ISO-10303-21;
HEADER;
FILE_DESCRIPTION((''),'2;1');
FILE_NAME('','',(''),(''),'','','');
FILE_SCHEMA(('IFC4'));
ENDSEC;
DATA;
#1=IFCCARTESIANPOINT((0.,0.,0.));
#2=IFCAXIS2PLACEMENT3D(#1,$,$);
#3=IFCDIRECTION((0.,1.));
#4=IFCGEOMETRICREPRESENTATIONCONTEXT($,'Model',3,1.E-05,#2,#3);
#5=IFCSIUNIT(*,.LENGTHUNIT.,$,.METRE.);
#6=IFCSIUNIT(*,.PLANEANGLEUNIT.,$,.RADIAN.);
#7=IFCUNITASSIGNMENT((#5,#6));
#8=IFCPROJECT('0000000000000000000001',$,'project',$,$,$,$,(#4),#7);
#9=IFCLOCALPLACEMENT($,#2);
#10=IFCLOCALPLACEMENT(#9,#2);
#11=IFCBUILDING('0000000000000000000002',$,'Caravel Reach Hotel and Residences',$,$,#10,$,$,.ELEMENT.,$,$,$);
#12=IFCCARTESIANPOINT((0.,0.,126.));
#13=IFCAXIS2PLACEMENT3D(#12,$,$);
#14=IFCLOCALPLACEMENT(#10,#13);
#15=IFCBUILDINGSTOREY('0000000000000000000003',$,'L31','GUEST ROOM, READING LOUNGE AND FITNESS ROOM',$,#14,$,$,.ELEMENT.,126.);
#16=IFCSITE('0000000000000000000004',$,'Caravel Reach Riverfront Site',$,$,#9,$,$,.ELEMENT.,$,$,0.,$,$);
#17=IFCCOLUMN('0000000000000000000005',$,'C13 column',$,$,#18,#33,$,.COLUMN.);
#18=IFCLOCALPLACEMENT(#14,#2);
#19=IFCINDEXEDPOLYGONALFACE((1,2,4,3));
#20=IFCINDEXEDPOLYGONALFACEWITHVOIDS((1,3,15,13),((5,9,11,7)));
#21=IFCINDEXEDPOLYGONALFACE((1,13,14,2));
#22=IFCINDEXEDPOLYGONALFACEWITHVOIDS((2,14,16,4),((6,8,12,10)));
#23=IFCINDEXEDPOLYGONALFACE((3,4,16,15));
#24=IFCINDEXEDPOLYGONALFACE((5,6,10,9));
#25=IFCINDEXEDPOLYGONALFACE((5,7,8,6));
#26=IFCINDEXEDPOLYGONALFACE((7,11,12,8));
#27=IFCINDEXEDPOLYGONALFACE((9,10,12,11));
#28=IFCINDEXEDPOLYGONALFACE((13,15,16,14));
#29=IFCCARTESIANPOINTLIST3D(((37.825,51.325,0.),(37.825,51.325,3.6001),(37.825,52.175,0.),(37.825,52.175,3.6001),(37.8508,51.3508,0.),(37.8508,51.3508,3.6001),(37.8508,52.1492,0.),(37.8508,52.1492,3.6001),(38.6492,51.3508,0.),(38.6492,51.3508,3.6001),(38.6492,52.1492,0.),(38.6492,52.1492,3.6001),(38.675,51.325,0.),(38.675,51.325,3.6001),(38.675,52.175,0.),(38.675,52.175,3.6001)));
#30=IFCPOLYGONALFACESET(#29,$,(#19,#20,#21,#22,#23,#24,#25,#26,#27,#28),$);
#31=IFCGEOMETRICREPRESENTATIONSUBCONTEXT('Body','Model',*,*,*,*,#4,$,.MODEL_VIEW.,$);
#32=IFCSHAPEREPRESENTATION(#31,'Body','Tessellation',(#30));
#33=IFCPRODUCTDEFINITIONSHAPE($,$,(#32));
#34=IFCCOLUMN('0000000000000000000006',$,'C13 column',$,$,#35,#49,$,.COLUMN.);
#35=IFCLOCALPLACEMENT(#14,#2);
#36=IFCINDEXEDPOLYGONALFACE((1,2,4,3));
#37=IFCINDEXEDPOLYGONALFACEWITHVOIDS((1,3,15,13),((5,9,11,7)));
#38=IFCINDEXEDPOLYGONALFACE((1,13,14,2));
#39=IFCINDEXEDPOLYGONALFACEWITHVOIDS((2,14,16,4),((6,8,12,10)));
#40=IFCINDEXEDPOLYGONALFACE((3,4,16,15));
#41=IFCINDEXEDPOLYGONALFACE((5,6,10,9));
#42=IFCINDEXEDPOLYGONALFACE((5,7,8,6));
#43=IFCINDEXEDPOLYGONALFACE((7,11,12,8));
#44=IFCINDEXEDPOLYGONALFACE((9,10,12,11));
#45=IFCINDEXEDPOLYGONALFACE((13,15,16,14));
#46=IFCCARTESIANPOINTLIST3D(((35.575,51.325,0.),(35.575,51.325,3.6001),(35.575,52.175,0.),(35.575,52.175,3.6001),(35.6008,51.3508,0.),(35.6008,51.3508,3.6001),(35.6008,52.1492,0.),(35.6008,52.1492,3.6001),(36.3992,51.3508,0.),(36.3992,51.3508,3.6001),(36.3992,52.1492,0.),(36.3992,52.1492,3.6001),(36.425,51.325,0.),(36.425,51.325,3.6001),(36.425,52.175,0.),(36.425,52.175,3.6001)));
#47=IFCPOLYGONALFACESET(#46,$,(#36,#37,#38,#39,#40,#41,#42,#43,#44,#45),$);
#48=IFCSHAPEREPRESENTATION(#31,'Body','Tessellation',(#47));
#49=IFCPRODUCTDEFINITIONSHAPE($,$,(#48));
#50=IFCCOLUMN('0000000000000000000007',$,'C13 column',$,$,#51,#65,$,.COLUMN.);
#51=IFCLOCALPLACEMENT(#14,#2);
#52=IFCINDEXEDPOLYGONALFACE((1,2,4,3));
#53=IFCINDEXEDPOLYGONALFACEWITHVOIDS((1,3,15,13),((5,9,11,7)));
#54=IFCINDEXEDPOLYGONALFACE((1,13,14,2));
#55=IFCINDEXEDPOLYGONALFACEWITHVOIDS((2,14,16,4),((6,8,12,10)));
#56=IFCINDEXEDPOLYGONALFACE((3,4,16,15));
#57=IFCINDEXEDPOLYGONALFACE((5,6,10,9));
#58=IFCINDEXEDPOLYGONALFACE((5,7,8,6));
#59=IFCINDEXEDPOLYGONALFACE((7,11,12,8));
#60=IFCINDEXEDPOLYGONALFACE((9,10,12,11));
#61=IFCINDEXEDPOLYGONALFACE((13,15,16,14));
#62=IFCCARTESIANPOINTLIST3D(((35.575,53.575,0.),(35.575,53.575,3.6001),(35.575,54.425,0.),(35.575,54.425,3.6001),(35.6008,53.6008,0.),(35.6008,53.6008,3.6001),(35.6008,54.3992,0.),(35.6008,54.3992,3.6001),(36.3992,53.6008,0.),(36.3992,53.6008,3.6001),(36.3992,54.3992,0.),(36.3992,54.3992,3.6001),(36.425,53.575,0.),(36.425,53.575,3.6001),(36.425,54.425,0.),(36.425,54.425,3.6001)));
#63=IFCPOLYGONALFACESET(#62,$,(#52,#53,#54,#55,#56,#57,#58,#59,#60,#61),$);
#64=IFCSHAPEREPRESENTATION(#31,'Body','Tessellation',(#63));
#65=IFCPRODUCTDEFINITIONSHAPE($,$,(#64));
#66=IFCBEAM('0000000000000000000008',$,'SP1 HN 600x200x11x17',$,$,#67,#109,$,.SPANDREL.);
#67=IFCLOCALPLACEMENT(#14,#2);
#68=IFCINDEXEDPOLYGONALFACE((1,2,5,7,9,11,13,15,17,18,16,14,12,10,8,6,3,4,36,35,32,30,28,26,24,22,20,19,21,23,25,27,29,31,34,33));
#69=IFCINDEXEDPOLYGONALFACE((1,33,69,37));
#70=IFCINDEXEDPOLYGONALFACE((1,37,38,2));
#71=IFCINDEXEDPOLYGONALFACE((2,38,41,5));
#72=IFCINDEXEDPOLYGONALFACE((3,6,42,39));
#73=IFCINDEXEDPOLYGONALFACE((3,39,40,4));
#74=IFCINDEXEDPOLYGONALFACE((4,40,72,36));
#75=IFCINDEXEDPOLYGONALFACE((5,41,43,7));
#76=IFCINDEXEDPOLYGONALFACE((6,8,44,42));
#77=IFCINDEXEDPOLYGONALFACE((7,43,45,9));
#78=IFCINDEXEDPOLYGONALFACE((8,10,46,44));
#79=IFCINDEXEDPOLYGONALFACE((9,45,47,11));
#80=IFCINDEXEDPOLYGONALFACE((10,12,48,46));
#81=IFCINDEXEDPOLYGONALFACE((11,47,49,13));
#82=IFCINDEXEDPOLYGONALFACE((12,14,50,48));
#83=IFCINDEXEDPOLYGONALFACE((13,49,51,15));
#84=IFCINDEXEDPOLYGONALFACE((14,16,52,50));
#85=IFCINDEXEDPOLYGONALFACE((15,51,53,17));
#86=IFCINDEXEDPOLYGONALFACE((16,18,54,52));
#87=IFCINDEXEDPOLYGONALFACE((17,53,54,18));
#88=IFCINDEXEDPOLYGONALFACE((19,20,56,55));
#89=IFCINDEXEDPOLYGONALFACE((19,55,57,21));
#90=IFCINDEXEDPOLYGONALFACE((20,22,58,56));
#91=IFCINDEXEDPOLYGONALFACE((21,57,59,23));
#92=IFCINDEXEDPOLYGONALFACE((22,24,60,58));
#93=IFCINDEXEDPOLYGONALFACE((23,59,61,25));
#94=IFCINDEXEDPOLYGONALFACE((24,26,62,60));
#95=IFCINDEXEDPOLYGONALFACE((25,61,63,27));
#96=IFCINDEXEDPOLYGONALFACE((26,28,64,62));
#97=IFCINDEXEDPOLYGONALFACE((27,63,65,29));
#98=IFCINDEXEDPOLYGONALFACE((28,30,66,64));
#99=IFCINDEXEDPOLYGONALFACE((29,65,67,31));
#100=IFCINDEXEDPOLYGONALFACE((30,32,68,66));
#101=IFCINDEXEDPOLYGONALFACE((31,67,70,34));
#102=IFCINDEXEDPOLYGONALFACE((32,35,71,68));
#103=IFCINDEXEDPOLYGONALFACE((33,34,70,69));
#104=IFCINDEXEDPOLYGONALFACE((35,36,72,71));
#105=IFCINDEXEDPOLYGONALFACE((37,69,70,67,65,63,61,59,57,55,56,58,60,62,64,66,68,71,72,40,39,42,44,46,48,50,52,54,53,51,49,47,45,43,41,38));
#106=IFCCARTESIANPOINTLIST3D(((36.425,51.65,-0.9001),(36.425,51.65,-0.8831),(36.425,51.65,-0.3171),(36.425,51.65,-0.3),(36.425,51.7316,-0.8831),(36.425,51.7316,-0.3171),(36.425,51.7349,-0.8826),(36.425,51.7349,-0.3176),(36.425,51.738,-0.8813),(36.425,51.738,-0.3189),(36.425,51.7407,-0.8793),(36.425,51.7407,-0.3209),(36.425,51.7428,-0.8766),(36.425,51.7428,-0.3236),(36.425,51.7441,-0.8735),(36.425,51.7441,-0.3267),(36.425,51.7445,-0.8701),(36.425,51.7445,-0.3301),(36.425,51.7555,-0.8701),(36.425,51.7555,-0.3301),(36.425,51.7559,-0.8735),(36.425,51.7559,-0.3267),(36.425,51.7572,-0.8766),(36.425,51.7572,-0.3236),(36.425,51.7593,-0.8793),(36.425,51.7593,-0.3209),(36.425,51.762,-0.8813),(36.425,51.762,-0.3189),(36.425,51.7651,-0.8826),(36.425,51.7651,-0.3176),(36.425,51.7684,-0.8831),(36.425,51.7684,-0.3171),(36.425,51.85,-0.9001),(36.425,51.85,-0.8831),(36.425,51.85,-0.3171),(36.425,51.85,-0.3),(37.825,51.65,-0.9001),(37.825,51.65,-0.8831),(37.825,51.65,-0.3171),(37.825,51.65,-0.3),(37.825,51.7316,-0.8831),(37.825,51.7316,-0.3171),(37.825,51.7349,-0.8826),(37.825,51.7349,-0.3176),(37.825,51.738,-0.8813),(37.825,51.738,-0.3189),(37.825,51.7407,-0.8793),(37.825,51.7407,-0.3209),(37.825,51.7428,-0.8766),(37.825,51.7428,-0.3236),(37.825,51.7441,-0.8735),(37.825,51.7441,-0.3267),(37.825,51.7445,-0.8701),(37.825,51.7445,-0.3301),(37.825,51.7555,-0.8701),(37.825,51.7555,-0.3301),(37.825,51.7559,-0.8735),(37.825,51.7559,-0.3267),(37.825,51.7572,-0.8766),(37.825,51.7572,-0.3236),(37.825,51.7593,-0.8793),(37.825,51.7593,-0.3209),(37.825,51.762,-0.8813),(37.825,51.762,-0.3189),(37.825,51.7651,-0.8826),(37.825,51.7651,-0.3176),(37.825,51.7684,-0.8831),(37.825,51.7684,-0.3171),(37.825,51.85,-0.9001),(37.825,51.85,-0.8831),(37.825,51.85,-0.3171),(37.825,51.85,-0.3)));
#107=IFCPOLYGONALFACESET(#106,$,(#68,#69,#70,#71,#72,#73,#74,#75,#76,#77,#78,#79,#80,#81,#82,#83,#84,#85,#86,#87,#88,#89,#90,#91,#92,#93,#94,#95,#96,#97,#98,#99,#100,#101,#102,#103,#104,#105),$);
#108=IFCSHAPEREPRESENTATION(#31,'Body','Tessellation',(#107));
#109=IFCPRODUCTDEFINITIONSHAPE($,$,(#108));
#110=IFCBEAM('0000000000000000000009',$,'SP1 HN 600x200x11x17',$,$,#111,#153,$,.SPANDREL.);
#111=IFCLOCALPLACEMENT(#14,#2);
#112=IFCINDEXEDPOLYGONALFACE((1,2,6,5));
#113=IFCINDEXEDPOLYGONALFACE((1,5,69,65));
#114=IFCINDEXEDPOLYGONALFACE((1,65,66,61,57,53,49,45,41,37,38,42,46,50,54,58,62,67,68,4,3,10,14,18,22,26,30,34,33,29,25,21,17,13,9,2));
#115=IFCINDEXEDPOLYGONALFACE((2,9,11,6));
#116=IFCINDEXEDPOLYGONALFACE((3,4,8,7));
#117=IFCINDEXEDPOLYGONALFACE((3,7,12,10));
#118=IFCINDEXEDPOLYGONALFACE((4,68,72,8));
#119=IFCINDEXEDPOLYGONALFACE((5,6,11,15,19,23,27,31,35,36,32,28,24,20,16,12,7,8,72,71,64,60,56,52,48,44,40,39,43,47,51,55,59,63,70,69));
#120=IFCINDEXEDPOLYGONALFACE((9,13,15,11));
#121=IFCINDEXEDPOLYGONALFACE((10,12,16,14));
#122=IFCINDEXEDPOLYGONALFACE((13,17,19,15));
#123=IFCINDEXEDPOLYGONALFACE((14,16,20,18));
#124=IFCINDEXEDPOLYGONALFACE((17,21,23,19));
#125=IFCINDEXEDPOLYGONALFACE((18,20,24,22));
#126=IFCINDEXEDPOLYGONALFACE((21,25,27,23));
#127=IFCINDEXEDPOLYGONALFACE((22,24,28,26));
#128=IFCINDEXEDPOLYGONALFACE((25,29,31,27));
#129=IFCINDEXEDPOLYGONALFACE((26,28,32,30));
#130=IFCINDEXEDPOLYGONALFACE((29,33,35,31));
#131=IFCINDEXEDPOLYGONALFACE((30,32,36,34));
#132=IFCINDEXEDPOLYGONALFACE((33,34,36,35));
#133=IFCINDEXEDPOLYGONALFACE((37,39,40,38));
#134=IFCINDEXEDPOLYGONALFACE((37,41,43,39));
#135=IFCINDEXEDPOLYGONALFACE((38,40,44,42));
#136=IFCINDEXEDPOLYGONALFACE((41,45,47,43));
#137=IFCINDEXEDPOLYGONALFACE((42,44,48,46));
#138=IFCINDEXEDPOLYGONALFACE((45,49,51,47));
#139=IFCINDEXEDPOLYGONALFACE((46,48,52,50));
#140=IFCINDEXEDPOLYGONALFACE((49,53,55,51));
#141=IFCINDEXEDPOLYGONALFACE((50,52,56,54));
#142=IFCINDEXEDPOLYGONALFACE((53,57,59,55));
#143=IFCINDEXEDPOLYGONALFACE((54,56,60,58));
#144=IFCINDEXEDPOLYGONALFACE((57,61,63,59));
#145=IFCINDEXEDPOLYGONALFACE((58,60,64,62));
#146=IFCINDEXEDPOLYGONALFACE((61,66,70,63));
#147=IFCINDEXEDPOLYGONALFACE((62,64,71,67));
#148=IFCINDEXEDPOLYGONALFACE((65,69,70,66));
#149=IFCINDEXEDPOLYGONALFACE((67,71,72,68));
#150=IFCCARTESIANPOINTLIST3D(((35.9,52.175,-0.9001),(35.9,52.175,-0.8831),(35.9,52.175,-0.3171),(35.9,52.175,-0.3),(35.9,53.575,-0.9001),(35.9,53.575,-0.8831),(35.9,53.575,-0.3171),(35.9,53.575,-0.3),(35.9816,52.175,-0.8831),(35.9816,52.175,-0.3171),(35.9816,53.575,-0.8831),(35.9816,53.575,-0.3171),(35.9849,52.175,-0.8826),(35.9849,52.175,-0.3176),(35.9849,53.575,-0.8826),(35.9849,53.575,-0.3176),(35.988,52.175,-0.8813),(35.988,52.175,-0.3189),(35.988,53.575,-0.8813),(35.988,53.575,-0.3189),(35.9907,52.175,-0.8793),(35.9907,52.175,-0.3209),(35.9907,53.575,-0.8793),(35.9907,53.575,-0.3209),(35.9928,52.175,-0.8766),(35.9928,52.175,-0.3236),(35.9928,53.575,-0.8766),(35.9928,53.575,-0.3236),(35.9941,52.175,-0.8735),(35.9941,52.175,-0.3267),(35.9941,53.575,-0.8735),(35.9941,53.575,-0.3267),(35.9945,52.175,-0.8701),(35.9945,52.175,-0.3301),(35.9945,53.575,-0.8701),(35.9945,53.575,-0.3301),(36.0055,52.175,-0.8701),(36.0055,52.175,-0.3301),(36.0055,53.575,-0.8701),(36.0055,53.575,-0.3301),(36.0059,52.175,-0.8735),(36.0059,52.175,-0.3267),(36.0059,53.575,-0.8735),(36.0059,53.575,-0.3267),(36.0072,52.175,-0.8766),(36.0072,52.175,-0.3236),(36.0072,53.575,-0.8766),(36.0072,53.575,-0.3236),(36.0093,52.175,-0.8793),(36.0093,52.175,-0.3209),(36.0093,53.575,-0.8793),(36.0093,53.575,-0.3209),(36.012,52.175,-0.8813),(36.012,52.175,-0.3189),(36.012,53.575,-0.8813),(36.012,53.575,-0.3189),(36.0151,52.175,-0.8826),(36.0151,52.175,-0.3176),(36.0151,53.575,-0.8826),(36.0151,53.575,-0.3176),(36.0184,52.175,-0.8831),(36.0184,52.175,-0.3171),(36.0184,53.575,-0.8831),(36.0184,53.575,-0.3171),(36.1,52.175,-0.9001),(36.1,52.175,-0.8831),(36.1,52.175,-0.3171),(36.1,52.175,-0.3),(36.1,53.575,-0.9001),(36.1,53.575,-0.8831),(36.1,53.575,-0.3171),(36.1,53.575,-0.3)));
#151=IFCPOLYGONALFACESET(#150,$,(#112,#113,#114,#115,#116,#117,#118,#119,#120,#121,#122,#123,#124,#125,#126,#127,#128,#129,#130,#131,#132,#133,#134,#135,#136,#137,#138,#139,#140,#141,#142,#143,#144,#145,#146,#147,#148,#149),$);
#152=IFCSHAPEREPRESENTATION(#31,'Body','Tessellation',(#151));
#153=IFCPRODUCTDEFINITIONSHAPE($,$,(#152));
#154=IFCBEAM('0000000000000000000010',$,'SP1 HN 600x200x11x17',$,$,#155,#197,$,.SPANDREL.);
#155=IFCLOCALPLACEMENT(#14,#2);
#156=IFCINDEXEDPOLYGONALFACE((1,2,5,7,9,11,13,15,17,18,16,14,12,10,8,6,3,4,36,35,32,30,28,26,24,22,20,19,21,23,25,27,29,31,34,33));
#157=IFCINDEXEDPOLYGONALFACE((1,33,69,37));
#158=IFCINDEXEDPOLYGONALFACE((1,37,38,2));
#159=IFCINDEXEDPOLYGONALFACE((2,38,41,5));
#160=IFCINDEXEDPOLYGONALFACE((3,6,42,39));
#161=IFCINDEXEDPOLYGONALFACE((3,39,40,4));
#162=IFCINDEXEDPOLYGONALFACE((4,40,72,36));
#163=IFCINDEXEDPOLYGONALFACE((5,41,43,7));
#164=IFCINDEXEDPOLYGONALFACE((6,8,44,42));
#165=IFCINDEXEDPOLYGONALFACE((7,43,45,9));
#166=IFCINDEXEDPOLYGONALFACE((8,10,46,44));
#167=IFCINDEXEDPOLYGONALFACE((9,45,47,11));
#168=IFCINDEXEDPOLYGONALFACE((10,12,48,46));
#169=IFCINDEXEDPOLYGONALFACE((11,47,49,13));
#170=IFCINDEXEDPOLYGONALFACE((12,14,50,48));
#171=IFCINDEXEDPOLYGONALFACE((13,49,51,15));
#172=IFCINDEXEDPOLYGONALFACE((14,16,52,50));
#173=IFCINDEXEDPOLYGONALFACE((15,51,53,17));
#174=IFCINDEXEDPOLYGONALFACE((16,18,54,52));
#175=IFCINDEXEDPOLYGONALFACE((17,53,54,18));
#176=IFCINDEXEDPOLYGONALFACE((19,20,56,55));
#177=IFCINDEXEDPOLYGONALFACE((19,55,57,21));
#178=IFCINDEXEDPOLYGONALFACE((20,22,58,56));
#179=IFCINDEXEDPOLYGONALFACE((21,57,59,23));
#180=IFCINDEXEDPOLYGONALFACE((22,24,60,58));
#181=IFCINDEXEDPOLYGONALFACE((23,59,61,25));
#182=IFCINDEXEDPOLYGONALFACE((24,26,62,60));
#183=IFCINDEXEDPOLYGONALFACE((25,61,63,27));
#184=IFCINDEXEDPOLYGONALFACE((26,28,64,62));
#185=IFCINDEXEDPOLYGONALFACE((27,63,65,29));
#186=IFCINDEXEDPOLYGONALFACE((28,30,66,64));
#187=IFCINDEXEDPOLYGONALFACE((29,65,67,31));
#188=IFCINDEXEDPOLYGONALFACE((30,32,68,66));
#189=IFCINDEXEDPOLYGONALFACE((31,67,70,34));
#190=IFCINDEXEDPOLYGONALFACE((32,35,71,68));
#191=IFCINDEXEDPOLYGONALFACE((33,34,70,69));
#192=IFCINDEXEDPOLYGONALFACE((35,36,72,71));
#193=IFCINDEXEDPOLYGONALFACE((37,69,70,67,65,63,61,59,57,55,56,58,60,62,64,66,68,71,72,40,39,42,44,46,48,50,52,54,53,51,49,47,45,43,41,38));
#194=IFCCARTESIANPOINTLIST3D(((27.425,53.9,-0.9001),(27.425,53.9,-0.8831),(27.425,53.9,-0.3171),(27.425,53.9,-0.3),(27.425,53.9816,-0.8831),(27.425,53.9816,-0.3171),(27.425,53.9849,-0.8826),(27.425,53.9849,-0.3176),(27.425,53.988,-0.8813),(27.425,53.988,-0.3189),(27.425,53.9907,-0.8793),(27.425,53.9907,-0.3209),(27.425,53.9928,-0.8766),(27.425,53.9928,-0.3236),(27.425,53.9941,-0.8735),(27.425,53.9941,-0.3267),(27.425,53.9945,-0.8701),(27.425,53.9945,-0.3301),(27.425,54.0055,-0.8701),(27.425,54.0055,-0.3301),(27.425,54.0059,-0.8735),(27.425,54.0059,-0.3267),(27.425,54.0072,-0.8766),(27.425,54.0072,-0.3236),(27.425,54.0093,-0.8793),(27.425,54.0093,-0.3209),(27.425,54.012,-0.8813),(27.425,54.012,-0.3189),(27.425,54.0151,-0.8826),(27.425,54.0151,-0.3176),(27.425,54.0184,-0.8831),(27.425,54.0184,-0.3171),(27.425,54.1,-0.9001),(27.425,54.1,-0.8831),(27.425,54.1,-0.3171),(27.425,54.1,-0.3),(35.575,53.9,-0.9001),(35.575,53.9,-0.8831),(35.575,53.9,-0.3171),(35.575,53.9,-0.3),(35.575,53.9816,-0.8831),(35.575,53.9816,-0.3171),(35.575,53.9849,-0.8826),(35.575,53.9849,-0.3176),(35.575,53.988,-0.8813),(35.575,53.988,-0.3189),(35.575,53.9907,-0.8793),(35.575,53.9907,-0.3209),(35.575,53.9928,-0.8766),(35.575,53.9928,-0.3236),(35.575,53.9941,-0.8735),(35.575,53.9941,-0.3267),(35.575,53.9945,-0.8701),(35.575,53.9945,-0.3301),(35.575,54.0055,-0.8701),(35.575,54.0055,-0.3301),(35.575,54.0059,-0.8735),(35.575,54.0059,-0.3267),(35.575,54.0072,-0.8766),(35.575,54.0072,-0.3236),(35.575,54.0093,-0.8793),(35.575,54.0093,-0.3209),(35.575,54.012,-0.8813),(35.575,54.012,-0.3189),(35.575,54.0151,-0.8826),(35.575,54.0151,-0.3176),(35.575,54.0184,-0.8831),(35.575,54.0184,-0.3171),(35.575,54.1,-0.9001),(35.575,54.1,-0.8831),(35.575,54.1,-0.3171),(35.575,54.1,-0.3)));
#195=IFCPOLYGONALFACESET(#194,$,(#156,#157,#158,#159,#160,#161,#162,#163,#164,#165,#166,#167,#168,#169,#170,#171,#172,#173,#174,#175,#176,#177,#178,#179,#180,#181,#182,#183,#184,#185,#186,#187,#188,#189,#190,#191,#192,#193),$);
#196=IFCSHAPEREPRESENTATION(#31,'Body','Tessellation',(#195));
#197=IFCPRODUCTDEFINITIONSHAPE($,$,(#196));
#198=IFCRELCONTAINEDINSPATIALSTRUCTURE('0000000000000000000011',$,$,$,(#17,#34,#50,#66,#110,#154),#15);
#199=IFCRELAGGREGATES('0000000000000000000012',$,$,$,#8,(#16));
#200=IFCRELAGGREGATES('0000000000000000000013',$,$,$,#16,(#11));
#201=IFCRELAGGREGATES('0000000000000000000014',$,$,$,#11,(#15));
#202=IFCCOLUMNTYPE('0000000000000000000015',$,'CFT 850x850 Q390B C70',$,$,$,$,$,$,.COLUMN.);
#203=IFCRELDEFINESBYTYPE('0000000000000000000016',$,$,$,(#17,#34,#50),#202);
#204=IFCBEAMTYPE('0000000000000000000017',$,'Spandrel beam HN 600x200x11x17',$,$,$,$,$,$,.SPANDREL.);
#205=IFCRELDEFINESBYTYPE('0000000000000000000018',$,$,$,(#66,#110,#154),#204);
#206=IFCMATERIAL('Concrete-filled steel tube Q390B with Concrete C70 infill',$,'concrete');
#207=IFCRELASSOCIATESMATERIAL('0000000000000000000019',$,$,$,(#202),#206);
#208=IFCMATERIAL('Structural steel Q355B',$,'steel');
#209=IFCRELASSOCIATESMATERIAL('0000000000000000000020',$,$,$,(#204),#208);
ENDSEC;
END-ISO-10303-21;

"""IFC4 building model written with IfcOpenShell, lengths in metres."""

from ifc_helpers import new_model, si_unit, direction, frame, origin, origin_2d, place, context, subcontext, project, spatial, hollow_rectangle, i_section, extrude, material, material_profile, profile_set, type_object, element, save


model = new_model("IFC4")

# Units and contexts
model_context = context("Model", 3, precision=1e-05, world=origin(), true_north=direction((0.0, 1.0)))
body_context = subcontext(model_context, "Body", "Model", "MODEL_VIEW")
ifc_project = project(units=[si_unit("LENGTHUNIT", "METRE"), si_unit("PLANEANGLEUNIT", "RADIAN")], contexts=[model_context])

# Site, building, storey
site_placement = place(None, origin())
site = spatial("IfcSite", under=ifc_project, at=site_placement, Name="Caravel Reach Riverfront Site", CompositionType="ELEMENT", RefElevation=0.0)
building_placement = place(site_placement, origin())
building = spatial("IfcBuilding", under=site, at=building_placement, Name="Caravel Reach Hotel and Residences", CompositionType="ELEMENT")
storey_placement = place(building_placement, frame((0.0, 0.0, 126.0)))
storey = spatial("IfcBuildingStorey", under=building, at=storey_placement, Name="L31", Description="GUEST ROOM, READING LOUNGE AND FITNESS ROOM", CompositionType="ELEMENT", Elevation=126.0)

# Columns
ifc_material_1 = material(Name="Concrete-filled steel tube Q390B with Concrete C70 infill", Category="concrete")
ifc_material_profile_1 = material_profile(ifc_material_1, hollow_rectangle(XDim=0.8501, YDim=0.8501, WallThickness=0.0259, at=origin_2d()), Name="RHS 850x850x26")
ifc_profile_set_1 = profile_set([ifc_material_profile_1], Name="Concrete-filled steel tube Q390B with Concrete C70 infill")
column_type = type_object("IfcColumnType", Name="CFT 850x850 Q390B C70", PredefinedType="COLUMN", material=ifc_profile_set_1)
for number, where, z_axis, x_axis, name in (
    (1, (38.25, 51.75, 0.0), (0.0, 0.0, 1.0), (1.0, 0.0, 0.0), "C13 column"),
    (2, (36.0, 51.75, 0.0), (0.0, 0.0, 1.0), (1.0, 0.0, 0.0), "C13 column"),
    (3, (36.0, 54.0, 0.0), (0.0, 0.0, 1.0), (1.0, 0.0, 0.0), "C13 column"),
):
    element("IfcColumn", number, at=place(storey_placement, frame(where, z_axis=z_axis, x_axis=x_axis)), inside=storey, type_object=column_type, Name=name, PredefinedType="COLUMN", context=body_context, shape_type="SweptSolid", body=[
        extrude(hollow_rectangle(XDim=0.8501, YDim=0.8501, WallThickness=0.0259, at=origin_2d()), origin(), (0.0, 0.0, 1.0), 3.6001),
    ])

# Beams
ifc_material_2 = material(Name="Structural steel Q355B", Category="steel")
ifc_material_profile_2 = material_profile(ifc_material_2, i_section(OverallWidth=0.2, OverallDepth=0.6001, WebThickness=0.011, FlangeThickness=0.0171, FilletRadius=0.0129, at=origin_2d()), Name="HN 600x200x11x17")
ifc_profile_set_2 = profile_set([ifc_material_profile_2], Name="Structural steel Q355B")
beam_type = type_object("IfcBeamType", Name="Spandrel beam HN 600x200x11x17", PredefinedType="SPANDREL", material=ifc_profile_set_2)
for number, where, z_axis, x_axis, name in (
    (4, (37.825, 51.75, -0.6001), (-1.0, 0.0, 0.0), (0.0, -1.0, 0.0), "SP1 HN 600x200x11x17"),
    (5, (36.0, 52.175, -0.6001), (0.0, 1.0, 0.0), (-1.0, 0.0, 0.0), "SP1 HN 600x200x11x17"),
):
    element("IfcBeam", number, at=place(storey_placement, frame(where, z_axis=z_axis, x_axis=x_axis)), inside=storey, type_object=beam_type, Name=name, PredefinedType="SPANDREL", context=body_context, shape_type="SweptSolid", body=[
        extrude(i_section(OverallWidth=0.2, OverallDepth=0.6001, WebThickness=0.011, FlangeThickness=0.0171, FilletRadius=0.0129, at=origin_2d()), origin(), (0.0, 0.0, 1.0), 1.3999),
    ])
beam_placement = place(storey_placement, frame((35.575, 54.0, -0.6001), z_axis=(-1.0, 0.0, 0.0), x_axis=(0.0, -1.0, 0.0)))
element("IfcBeam", 6, at=beam_placement, inside=storey, type_object=beam_type, Name="SP1 HN 600x200x11x17", PredefinedType="SPANDREL", context=body_context, shape_type="SweptSolid", body=[
    extrude(i_section(OverallWidth=0.2, OverallDepth=0.6001, WebThickness=0.011, FlangeThickness=0.0171, FilletRadius=0.0129, at=origin_2d()), origin(), (0.0, 0.0, 1.0), 8.1499),
])

save(model, "model.ifc")
